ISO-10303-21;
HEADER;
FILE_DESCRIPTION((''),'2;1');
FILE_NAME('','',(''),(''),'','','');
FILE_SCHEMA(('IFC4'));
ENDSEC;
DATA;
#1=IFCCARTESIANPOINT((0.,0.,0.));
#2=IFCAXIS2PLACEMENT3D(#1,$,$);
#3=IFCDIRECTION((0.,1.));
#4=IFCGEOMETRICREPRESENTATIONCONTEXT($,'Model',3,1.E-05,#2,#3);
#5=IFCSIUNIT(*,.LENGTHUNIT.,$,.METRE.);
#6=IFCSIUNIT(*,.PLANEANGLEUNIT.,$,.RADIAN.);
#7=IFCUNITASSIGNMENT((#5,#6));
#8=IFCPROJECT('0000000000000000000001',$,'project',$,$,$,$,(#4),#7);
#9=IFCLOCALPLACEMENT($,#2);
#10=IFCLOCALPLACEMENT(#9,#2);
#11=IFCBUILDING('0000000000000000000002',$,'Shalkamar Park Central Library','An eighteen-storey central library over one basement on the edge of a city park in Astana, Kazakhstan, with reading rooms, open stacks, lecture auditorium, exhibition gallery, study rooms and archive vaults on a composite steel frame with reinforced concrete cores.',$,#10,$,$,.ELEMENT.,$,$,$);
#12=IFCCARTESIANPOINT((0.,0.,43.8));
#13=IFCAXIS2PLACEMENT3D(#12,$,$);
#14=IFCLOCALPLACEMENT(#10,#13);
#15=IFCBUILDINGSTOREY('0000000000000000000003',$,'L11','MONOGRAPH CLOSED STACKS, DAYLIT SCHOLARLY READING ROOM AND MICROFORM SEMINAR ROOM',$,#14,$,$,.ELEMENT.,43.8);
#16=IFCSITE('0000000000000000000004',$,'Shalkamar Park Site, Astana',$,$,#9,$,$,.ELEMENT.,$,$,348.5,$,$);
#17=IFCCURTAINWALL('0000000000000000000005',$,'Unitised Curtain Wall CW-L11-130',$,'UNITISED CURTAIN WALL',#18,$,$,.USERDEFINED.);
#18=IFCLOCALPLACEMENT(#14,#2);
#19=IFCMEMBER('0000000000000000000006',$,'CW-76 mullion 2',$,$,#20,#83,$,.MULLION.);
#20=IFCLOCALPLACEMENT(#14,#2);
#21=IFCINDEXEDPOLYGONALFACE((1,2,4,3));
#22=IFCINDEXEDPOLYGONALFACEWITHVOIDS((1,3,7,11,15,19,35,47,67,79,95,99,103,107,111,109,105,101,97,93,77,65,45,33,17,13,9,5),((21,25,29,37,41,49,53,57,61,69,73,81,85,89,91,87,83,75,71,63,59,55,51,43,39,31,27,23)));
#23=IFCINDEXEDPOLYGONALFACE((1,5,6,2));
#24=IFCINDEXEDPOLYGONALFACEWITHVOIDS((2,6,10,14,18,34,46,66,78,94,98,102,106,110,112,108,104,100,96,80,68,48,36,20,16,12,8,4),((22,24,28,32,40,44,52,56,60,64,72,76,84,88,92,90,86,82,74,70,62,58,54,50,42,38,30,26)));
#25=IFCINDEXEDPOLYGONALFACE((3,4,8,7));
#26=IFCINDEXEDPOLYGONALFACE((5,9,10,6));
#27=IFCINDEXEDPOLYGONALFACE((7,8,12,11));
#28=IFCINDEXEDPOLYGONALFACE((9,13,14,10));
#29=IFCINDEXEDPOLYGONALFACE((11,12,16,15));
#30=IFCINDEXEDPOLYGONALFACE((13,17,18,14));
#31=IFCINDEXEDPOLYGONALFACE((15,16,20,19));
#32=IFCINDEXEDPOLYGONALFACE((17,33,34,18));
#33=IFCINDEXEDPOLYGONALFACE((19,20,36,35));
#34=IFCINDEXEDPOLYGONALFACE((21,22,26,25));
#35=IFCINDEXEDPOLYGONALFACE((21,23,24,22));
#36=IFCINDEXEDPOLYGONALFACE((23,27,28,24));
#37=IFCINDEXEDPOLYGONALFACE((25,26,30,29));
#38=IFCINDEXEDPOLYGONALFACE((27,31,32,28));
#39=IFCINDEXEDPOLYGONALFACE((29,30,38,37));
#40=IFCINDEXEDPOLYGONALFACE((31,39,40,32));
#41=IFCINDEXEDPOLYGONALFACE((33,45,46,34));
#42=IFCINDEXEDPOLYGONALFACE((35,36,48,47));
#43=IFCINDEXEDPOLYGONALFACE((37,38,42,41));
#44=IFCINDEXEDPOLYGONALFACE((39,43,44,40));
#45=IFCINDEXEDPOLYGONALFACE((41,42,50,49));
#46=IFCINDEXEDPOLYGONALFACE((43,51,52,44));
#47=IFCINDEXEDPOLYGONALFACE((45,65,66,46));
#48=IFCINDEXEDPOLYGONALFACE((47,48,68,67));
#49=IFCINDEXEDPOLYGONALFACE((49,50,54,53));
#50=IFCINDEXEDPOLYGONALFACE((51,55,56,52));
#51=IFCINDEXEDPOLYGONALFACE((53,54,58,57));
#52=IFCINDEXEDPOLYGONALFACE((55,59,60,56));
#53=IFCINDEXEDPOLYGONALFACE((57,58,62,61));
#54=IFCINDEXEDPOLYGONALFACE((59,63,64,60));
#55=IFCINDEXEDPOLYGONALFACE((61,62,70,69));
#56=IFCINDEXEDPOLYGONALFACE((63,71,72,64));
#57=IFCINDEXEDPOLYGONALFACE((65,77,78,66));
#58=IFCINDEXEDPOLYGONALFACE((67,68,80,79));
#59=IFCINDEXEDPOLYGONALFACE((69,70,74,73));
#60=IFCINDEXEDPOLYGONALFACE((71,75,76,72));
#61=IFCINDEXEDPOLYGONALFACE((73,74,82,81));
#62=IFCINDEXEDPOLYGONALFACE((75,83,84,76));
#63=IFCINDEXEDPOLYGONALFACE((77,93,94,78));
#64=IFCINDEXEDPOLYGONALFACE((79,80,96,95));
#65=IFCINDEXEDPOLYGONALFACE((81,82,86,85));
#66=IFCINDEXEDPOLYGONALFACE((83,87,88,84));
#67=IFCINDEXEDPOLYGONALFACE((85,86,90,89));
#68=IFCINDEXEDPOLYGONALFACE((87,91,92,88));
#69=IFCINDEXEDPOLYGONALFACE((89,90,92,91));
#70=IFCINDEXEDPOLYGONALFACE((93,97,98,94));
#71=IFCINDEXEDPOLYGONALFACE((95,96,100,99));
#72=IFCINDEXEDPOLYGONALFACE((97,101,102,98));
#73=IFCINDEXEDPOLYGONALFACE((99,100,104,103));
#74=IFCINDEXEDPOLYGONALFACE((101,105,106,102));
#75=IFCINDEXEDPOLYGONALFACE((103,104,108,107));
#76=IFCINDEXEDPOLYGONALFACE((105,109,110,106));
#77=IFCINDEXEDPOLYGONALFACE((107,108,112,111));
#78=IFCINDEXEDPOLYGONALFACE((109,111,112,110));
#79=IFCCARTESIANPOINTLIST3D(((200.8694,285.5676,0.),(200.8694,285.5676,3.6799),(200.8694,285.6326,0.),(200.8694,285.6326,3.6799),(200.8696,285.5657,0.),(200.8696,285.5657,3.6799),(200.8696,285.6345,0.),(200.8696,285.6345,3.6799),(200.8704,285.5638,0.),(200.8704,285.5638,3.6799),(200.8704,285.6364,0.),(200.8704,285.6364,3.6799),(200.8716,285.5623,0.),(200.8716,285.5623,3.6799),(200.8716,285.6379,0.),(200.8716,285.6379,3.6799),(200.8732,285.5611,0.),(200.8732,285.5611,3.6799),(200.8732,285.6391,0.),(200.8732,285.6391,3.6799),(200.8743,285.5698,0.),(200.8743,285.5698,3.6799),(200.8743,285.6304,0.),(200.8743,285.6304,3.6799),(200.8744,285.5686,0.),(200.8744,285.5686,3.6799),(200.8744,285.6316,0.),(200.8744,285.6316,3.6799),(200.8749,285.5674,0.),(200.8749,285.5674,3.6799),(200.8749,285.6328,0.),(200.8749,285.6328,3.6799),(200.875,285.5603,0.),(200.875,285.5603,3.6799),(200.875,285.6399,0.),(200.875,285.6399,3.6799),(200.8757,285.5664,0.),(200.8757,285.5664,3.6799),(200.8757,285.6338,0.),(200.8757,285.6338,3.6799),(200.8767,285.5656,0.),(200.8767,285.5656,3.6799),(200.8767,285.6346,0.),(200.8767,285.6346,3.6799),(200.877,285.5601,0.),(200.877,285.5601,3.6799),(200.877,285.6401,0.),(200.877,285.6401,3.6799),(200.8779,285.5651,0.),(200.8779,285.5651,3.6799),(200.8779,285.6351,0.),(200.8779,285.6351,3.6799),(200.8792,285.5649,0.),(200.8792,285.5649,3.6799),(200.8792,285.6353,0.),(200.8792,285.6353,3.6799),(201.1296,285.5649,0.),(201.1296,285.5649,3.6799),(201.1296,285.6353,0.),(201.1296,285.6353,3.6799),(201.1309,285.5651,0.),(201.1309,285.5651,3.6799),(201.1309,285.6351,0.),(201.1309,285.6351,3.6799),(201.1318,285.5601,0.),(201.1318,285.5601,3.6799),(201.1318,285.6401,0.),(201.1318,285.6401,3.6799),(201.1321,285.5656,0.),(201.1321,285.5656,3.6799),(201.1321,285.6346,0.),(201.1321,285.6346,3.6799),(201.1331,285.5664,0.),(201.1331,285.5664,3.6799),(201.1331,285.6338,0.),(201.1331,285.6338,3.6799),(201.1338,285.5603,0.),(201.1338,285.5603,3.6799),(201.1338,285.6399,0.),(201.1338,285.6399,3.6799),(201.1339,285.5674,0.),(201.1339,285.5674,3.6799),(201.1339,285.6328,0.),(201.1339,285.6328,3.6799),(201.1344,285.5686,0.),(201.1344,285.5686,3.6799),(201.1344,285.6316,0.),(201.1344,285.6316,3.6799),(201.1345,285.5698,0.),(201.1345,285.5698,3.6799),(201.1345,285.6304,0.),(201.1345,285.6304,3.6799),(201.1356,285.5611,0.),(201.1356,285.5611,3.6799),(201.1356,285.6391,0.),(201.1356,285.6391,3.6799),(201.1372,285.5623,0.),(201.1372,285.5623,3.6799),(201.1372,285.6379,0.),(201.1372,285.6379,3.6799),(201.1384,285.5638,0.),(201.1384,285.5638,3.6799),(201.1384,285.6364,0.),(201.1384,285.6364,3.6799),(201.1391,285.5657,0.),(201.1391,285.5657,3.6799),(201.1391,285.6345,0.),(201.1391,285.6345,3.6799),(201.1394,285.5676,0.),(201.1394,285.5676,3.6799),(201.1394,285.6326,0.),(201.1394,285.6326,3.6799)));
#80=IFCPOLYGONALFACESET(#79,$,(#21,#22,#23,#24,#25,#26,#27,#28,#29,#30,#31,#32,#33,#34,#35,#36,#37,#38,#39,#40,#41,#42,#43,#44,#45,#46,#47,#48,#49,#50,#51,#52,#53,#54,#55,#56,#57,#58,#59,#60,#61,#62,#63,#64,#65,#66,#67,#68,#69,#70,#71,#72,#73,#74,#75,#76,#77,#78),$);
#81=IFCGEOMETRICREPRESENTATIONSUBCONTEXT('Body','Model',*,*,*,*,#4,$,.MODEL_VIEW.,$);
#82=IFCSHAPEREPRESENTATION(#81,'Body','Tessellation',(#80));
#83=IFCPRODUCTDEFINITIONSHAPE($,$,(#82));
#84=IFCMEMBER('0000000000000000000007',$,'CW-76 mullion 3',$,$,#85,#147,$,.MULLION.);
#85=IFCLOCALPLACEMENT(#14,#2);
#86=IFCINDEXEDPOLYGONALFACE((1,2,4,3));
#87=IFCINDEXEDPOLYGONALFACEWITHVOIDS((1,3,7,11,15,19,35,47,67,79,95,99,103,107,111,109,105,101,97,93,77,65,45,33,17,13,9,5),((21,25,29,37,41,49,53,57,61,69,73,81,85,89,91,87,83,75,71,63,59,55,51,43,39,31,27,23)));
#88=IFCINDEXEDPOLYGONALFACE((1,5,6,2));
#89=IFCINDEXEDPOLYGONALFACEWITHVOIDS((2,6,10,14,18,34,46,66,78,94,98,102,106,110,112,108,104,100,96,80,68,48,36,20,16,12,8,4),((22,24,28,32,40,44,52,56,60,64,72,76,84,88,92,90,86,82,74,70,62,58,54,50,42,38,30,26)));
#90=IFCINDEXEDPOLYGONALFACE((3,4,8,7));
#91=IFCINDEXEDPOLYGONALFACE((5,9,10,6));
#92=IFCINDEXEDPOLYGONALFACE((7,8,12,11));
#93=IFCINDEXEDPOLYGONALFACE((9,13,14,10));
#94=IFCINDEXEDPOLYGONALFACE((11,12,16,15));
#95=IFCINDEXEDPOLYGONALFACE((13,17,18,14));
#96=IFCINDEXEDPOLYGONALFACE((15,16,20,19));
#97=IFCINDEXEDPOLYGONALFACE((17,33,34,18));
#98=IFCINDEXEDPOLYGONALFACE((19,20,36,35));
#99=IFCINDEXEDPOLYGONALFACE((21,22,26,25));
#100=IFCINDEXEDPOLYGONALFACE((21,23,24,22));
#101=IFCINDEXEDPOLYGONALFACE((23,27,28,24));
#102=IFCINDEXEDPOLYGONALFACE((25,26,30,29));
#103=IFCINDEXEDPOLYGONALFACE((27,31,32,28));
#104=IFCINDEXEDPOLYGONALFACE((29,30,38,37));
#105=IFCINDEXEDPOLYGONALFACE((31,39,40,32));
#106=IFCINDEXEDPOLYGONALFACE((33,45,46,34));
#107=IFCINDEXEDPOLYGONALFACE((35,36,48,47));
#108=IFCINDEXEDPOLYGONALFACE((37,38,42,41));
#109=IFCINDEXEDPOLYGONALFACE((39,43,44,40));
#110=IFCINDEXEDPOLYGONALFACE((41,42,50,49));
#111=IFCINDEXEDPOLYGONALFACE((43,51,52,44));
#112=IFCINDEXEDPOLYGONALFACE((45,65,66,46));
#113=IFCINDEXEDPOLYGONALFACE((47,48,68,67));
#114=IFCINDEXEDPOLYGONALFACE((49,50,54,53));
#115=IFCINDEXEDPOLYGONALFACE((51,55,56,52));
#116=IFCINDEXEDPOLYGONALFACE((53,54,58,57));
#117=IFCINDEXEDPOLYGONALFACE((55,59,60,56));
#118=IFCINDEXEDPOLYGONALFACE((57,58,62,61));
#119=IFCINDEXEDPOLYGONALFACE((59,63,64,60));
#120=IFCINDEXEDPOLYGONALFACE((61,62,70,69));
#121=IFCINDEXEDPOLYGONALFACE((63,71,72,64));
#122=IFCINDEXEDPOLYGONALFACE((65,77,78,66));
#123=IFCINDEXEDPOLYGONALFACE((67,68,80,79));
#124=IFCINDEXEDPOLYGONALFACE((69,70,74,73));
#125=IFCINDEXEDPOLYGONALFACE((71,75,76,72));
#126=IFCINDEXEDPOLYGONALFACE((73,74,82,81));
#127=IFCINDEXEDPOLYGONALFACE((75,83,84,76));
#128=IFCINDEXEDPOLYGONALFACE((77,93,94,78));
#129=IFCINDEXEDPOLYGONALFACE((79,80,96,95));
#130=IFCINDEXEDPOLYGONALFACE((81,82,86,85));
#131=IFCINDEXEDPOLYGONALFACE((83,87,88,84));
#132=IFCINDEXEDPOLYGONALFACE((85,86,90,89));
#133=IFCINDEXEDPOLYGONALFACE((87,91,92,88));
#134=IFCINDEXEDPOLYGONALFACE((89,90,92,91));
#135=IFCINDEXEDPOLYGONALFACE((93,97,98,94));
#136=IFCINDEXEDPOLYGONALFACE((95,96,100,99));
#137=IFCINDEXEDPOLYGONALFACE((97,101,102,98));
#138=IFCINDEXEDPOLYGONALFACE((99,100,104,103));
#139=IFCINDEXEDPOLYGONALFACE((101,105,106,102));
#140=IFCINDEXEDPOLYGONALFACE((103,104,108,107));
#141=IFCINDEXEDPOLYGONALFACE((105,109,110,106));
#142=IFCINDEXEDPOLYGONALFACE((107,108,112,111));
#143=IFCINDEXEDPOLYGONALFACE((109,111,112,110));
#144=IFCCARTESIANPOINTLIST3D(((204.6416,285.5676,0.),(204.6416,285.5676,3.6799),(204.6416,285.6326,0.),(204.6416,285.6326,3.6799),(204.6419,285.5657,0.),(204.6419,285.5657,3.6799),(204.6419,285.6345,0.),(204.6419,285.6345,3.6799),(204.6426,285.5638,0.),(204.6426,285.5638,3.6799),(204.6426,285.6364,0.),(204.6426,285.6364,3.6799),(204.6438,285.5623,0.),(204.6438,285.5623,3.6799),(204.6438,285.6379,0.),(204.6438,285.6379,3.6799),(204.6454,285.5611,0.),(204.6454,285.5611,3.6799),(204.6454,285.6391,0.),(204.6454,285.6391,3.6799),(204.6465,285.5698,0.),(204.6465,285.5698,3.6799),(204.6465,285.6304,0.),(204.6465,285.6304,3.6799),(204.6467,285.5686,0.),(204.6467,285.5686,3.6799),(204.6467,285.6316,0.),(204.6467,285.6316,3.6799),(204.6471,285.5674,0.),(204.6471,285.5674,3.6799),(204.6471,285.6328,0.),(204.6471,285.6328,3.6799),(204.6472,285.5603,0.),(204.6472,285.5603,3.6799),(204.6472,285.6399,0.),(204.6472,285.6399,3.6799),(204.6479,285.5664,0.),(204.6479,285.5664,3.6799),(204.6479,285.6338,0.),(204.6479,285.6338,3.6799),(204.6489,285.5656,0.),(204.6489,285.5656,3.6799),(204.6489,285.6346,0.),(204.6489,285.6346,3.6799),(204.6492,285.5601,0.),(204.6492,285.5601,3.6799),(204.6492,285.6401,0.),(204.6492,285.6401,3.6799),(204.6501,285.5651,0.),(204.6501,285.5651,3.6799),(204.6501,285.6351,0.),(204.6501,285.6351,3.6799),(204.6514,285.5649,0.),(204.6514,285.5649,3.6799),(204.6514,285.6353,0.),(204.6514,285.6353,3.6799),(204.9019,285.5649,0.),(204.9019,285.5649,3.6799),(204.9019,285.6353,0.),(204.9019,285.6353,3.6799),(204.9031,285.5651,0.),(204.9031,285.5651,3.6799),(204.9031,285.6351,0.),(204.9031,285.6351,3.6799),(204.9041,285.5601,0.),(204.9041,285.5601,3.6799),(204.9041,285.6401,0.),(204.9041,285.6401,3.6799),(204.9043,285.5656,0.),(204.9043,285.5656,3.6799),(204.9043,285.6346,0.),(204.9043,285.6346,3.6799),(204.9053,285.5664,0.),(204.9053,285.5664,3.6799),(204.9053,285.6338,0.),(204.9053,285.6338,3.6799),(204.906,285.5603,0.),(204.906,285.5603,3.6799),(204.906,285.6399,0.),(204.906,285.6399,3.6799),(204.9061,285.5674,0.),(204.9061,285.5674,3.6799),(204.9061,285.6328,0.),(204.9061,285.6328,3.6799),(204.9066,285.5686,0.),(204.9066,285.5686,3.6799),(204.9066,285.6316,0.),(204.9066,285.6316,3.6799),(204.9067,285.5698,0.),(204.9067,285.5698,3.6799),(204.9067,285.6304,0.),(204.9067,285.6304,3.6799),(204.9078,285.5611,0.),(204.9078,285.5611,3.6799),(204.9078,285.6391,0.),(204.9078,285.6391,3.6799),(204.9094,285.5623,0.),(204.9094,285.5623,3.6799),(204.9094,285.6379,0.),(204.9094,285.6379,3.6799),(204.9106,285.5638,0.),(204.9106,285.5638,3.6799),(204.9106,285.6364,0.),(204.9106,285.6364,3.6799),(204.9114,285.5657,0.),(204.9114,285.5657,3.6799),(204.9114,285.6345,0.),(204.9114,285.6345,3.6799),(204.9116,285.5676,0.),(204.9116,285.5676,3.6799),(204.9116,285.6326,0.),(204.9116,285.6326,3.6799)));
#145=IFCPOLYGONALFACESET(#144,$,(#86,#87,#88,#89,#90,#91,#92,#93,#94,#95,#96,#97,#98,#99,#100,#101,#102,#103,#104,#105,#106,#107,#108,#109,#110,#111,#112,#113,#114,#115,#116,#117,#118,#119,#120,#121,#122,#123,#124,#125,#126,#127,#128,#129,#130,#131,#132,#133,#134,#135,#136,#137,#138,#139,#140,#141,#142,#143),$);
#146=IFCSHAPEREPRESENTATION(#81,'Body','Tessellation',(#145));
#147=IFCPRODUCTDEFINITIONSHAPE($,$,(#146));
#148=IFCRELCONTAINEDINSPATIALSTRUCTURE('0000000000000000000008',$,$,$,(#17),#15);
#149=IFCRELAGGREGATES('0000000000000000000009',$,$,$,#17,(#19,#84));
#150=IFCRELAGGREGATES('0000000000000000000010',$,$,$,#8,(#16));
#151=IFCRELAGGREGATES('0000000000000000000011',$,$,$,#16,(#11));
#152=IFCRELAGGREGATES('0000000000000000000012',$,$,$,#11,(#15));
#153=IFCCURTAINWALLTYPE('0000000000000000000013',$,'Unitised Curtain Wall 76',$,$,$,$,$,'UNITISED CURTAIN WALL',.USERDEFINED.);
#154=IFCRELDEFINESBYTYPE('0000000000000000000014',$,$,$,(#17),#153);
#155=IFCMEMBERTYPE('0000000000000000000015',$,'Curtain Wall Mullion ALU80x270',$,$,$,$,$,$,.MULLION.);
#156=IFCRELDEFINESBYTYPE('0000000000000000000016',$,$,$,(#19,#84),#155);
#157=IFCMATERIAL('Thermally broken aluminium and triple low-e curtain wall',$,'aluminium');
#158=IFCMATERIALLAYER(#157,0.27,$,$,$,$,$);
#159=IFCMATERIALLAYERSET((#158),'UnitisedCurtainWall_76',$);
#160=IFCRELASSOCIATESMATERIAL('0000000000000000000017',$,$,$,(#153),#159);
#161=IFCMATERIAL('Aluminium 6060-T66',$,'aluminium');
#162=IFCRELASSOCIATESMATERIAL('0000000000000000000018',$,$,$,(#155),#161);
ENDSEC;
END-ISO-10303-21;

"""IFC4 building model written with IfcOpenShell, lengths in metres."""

from ifc_helpers import new_model, si_unit, direction, frame, origin, origin_2d, place, context, subcontext, project, spatial, hollow_rectangle, extrude, material, layer, layer_set, material_profile, profile_set, type_object, element, aggregate, save


model = new_model("IFC4")

# Units and contexts
model_context = context("Model", 3, precision=1e-05, world=origin(), true_north=direction((0.0, 1.0)))
body_context = subcontext(model_context, "Body", "Model", "MODEL_VIEW")
ifc_project = project(units=[si_unit("LENGTHUNIT", "METRE"), si_unit("PLANEANGLEUNIT", "RADIAN")], contexts=[model_context])

# Site, building, storey
site_placement = place(None, origin())
site = spatial("IfcSite", under=ifc_project, at=site_placement, Name="Shalkamar Park Site, Astana", CompositionType="ELEMENT", RefElevation=348.5)
building_placement = place(site_placement, origin())
building = spatial("IfcBuilding", under=site, at=building_placement, Name="Shalkamar Park Central Library", Description="An eighteen-storey central library over one basement on the edge of a city park in Astana, Kazakhstan, with reading rooms, open stacks, lecture auditorium, exhibition gallery, study rooms and archive vaults on a composite steel frame with reinforced concrete cores.", CompositionType="ELEMENT")
storey_placement = place(building_placement, frame((0.0, 0.0, 43.8)))
storey = spatial("IfcBuildingStorey", under=building, at=storey_placement, Name="L11", Description="MONOGRAPH CLOSED STACKS, DAYLIT SCHOLARLY READING ROOM AND MICROFORM SEMINAR ROOM", CompositionType="ELEMENT", Elevation=43.8)

# Curtain wall, members
ifc_material_1 = material(Name="Thermally broken aluminium and triple low-e curtain wall", Category="aluminium")
ifc_layer_1 = layer(ifc_material_1, 0.27)
ifc_layer_set_1 = layer_set([ifc_layer_1], Name="UnitisedCurtainWall_76")
curtain_wall_type_1 = type_object("IfcCurtainWallType", Name="Unitised Curtain Wall 76", ElementType="UNITISED CURTAIN WALL", PredefinedType="USERDEFINED", material=ifc_layer_set_1)
curtain_wall_1_placement = place(storey_placement, origin())
curtain_wall_1 = element("IfcCurtainWall", 1, at=curtain_wall_1_placement, inside=storey, type_object=curtain_wall_type_1, Name="Unitised Curtain Wall CW-L11-130", ObjectType="UNITISED CURTAIN WALL", PredefinedType="USERDEFINED")
ifc_material_2 = material(Name="Aluminium 6060-T66", Category="aluminium")
ifc_material_profile_1 = material_profile(ifc_material_2, hollow_rectangle(XDim=0.0801, YDim=0.27, WallThickness=0.0049, InnerFilletRadius=0.0049, OuterFilletRadius=0.0076, at=origin_2d()), Name="ALU 80x270x5")
ifc_profile_set_1 = profile_set([ifc_material_profile_1], Name="Aluminium 6060-T66")
member_type_1 = type_object("IfcMemberType", Name="Curtain Wall Mullion ALU80x270", PredefinedType="MULLION", material=ifc_profile_set_1)
member_1_placement = place(storey_placement, frame((201.0044, 285.6001, 0.0), z_axis=(0.0, 0.0, 1.0), x_axis=(0.0, 1.0, 0.0)))
member_1 = element("IfcMember", 2, at=member_1_placement, type_object=member_type_1, Name="CW-76 mullion 2", PredefinedType="MULLION", context=body_context, shape_type="SweptSolid", body=[
    extrude(hollow_rectangle(XDim=0.0801, YDim=0.27, WallThickness=0.0049, InnerFilletRadius=0.0049, OuterFilletRadius=0.0076, at=origin_2d()), origin(), (0.0, 0.0, 1.0), 3.6799),
])
member_2_placement = place(storey_placement, frame((204.7766, 285.6001, 0.0), z_axis=(0.0, 0.0, 1.0), x_axis=(0.0, 1.0, 0.0)))
member_2 = element("IfcMember", 3, at=member_2_placement, type_object=member_type_1, Name="CW-76 mullion 3", PredefinedType="MULLION", context=body_context, shape_type="SweptSolid", body=[
    extrude(hollow_rectangle(XDim=0.0801, YDim=0.27, WallThickness=0.0049, InnerFilletRadius=0.0049, OuterFilletRadius=0.0076, at=origin_2d()), origin(), (0.0, 0.0, 1.0), 3.6799),
])

aggregate(curtain_wall_1, [member_1, member_2])

save(model, "model.ifc")
